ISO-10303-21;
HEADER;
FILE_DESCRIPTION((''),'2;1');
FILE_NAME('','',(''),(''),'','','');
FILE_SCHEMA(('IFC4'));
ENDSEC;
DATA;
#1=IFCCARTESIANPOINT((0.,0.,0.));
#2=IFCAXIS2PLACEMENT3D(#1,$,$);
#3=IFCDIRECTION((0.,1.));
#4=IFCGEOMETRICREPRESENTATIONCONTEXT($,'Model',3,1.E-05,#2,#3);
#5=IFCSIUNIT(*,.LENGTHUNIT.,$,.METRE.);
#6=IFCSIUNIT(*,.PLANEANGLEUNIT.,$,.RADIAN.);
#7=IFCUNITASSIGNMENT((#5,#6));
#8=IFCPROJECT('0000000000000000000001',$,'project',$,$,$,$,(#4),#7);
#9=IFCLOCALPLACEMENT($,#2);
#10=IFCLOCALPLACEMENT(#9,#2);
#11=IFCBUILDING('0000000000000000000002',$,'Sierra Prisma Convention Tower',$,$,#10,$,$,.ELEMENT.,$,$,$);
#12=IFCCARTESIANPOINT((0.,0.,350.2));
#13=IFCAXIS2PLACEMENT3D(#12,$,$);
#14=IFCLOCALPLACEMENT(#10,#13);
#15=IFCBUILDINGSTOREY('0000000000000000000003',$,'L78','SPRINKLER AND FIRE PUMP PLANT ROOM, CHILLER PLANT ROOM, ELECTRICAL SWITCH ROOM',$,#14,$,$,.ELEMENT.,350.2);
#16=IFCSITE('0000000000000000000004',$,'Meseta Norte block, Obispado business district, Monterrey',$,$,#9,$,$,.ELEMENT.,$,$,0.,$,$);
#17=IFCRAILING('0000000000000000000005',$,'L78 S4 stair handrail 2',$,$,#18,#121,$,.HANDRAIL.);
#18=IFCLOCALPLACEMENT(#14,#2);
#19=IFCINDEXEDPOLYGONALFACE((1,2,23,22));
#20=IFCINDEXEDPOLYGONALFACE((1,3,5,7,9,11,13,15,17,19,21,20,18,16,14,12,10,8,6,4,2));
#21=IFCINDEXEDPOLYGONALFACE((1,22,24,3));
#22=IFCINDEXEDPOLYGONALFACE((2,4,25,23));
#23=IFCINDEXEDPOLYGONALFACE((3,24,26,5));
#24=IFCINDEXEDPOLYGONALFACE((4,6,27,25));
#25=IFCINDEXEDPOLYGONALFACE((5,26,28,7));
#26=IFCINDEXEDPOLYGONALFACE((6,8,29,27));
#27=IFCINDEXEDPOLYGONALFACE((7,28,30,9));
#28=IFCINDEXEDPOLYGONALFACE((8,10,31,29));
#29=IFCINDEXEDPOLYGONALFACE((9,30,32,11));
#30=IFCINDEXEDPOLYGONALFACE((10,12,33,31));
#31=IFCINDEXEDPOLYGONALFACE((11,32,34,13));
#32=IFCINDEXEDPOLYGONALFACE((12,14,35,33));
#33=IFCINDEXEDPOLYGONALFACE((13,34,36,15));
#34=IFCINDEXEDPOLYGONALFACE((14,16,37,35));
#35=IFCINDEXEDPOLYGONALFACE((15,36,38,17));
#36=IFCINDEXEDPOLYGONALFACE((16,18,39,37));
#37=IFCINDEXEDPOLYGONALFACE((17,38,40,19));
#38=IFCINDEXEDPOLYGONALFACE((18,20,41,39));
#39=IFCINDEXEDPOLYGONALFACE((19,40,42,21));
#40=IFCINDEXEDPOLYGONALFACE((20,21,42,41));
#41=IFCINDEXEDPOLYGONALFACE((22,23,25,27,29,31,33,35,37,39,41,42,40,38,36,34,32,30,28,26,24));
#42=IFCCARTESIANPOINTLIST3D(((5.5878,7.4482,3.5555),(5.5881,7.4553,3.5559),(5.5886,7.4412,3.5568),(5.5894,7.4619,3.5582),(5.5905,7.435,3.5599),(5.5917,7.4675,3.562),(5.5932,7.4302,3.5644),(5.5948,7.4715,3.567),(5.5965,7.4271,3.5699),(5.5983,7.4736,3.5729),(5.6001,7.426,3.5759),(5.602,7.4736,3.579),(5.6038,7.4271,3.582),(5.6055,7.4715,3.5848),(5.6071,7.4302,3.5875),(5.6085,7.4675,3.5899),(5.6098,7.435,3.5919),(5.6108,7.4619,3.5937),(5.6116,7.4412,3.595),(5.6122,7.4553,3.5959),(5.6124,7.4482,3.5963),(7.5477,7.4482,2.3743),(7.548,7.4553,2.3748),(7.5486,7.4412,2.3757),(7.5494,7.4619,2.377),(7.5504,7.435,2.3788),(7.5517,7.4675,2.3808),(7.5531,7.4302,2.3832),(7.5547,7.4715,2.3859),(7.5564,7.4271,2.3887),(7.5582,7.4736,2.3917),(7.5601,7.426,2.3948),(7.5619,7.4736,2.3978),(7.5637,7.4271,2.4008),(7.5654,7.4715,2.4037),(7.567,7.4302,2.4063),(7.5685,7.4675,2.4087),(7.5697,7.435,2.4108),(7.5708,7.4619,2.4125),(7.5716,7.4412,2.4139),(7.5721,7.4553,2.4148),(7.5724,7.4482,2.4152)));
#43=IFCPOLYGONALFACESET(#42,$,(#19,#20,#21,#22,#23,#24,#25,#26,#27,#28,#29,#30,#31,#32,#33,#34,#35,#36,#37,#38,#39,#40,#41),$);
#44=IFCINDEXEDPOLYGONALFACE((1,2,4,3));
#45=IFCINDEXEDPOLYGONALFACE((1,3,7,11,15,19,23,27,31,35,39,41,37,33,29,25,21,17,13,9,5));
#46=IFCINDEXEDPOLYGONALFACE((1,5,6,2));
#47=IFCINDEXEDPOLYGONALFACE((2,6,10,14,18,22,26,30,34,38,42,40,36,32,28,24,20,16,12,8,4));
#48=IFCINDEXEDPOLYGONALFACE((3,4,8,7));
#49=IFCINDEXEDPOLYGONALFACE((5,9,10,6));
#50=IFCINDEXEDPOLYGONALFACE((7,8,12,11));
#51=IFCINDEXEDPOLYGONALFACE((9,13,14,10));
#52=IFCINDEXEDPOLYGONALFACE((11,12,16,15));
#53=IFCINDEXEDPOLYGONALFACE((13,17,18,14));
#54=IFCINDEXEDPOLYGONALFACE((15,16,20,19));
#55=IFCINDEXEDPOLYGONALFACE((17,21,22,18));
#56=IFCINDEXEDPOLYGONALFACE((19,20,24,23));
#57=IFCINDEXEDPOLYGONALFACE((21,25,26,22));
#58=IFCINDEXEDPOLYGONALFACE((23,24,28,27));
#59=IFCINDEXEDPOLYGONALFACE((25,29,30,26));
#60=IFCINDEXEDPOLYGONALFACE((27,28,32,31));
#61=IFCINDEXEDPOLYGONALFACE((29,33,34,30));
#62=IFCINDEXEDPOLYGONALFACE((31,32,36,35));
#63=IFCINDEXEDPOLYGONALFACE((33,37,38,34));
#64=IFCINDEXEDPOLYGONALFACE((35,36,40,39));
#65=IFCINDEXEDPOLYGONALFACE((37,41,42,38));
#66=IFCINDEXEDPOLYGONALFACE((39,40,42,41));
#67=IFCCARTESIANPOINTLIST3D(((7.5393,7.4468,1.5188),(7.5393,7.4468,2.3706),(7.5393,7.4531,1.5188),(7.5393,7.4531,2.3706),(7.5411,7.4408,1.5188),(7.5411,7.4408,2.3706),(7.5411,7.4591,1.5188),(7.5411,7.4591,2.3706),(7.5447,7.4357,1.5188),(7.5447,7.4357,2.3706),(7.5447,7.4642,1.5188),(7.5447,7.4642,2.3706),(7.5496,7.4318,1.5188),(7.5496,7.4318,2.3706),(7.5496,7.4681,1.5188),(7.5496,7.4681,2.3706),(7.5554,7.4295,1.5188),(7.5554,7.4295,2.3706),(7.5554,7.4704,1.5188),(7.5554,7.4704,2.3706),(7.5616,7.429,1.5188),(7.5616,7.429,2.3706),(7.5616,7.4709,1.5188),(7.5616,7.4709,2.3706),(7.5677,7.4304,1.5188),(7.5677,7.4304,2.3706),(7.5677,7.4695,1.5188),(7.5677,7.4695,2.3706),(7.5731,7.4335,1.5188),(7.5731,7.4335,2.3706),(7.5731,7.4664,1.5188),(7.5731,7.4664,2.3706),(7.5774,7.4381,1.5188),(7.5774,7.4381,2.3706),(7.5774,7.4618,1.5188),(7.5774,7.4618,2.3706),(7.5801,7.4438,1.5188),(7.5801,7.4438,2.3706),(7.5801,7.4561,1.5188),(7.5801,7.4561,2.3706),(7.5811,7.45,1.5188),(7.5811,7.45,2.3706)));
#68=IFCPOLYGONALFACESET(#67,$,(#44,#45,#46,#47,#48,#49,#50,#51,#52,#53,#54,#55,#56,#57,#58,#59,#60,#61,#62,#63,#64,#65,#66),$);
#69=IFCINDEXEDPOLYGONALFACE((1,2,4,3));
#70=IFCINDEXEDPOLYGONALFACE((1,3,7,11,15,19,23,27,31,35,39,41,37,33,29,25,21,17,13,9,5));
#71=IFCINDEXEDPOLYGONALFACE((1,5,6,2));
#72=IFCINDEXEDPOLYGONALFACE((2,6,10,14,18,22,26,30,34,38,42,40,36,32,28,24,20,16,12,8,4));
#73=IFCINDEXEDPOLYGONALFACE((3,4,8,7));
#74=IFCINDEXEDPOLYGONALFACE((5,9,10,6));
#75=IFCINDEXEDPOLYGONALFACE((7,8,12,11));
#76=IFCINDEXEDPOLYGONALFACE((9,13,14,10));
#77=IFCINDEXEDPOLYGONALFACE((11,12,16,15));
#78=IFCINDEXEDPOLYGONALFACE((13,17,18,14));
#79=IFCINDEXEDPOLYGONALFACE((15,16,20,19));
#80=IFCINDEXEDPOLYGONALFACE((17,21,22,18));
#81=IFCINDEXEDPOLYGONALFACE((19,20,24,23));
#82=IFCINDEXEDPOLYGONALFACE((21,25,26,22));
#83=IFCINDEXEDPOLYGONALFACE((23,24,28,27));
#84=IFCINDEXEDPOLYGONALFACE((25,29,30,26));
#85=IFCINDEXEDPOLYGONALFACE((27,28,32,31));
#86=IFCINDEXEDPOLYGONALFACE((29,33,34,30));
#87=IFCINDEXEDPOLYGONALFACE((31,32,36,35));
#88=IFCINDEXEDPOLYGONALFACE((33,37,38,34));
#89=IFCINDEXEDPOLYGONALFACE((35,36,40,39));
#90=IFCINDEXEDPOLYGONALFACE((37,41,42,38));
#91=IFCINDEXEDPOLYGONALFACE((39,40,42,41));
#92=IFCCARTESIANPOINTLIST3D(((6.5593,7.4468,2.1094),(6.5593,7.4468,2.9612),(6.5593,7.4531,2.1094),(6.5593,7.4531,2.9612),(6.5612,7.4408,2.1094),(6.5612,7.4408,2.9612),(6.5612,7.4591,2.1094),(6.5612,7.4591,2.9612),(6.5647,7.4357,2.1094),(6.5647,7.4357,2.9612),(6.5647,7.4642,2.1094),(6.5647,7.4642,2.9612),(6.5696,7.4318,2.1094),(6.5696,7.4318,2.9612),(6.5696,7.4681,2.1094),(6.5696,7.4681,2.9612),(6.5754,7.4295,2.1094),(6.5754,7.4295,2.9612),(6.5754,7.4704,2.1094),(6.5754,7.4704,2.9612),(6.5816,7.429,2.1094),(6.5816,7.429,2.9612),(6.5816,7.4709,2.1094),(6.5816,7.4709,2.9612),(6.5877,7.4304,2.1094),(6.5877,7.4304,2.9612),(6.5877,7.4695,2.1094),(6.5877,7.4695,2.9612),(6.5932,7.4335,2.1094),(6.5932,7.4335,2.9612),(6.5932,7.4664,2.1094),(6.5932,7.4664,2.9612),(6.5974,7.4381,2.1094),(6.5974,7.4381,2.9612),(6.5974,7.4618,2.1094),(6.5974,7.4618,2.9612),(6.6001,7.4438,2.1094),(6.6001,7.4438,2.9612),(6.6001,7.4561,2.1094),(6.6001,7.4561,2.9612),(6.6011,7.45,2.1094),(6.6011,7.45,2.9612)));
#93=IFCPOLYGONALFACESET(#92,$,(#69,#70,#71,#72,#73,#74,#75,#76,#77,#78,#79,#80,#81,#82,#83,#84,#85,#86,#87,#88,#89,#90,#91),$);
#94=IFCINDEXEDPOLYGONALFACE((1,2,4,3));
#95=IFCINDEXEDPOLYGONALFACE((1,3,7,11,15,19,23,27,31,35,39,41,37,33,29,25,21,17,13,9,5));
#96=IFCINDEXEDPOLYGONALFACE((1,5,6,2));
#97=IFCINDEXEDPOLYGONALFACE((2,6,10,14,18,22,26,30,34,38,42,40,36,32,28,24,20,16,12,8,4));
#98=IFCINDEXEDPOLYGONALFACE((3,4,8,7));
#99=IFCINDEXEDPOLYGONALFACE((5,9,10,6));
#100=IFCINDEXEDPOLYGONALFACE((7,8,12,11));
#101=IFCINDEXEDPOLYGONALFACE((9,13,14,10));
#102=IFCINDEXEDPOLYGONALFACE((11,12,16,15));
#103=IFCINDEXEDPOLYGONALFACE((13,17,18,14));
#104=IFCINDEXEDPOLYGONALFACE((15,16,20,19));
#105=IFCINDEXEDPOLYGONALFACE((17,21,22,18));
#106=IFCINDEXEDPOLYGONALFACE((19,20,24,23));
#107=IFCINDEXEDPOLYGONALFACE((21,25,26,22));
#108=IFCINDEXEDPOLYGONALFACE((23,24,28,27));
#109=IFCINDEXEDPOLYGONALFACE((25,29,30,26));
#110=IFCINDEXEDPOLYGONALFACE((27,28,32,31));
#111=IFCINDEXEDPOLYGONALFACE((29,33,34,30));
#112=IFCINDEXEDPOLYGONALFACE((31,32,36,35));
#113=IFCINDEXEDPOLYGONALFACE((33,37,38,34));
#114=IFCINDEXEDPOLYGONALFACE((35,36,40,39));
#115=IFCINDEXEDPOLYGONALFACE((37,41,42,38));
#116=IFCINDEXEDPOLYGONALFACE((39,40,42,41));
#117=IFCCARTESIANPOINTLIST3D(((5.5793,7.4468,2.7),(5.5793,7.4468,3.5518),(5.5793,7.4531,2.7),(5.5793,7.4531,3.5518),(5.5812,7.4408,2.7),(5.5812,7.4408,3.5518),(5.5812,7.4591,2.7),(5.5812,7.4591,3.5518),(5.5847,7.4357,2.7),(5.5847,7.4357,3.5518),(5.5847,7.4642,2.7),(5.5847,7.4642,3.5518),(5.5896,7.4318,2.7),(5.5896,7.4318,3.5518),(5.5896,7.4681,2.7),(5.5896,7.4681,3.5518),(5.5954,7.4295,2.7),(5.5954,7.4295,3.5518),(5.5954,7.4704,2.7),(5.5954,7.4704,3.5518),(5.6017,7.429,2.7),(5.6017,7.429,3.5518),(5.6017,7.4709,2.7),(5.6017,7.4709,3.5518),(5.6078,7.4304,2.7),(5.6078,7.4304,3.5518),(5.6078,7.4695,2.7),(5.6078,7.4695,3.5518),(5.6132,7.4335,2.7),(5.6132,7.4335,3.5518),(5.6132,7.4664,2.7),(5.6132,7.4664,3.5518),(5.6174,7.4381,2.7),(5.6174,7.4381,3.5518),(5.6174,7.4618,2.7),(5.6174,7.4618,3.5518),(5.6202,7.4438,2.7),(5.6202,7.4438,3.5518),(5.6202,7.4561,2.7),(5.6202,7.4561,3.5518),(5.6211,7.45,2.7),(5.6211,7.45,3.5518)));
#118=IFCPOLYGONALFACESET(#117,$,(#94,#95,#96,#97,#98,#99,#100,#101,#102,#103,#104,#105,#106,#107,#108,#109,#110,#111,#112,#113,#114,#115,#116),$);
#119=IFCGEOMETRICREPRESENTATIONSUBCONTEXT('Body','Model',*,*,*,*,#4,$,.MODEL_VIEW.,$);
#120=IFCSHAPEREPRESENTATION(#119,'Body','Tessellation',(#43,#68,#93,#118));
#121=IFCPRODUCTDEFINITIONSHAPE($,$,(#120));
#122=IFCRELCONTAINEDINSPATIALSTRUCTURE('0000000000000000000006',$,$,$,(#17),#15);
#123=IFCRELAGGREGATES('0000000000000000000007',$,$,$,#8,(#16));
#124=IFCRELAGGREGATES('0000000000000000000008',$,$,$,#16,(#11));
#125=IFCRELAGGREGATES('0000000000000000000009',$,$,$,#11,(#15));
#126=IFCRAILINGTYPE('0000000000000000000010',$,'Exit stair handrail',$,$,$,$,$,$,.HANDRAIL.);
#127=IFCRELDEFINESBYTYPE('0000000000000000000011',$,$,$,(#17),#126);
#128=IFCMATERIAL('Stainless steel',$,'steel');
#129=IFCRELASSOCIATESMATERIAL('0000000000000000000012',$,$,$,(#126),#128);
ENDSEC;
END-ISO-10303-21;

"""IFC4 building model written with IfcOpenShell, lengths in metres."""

from ifc_helpers import new_model, si_unit, direction, frame, origin, origin_2d, place, context, subcontext, project, spatial, circle, extrude, material, type_object, element, save


model = new_model("IFC4")

# Units and contexts
model_context = context("Model", 3, precision=1e-05, world=origin(), true_north=direction((0.0, 1.0)))
body_context = subcontext(model_context, "Body", "Model", "MODEL_VIEW")
ifc_project = project(units=[si_unit("LENGTHUNIT", "METRE"), si_unit("PLANEANGLEUNIT", "RADIAN")], contexts=[model_context])

# Site, building, storey
site_placement = place(None, origin())
site = spatial("IfcSite", under=ifc_project, at=site_placement, Name="Meseta Norte block, Obispado business district, Monterrey", CompositionType="ELEMENT", RefElevation=0.0)
building_placement = place(site_placement, origin())
building = spatial("IfcBuilding", under=site, at=building_placement, Name="Sierra Prisma Convention Tower", CompositionType="ELEMENT")
storey_placement = place(building_placement, frame((0.0, 0.0, 350.2)))
storey = spatial("IfcBuildingStorey", under=building, at=storey_placement, Name="L78", Description="SPRINKLER AND FIRE PUMP PLANT ROOM, CHILLER PLANT ROOM, ELECTRICAL SWITCH ROOM", CompositionType="ELEMENT", Elevation=350.2)

# Railing
ifc_material_1 = material(Name="Stainless steel", Category="steel")
railing_type_1 = type_object("IfcRailingType", Name="Exit stair handrail", PredefinedType="HANDRAIL", material=ifc_material_1)
railing_1_placement = place(storey_placement, frame((7.5601, 7.45, 1.5188)))
element("IfcRailing", 1, at=railing_1_placement, inside=storey, type_object=railing_type_1, Name="L78 S4 stair handrail 2", PredefinedType="HANDRAIL", context=body_context, shape_type="SweptSolid", body=[
    extrude(circle(Radius=0.0239, at=origin_2d()), frame((0.0, 0.0, 0.876), z_axis=(-0.856493, 0.0, 0.516158), x_axis=(0.0, -1.0, 0.0)), (0.0, 0.0, 1.0), 2.2883),
    extrude(circle(Radius=0.021, at=origin_2d()), origin(), (0.0, 0.0, 1.0), 0.8518),
    extrude(circle(Radius=0.021, at=origin_2d()), frame((-0.98, 0.0, 0.5906)), (0.0, 0.0, 1.0), 0.8518),
    extrude(circle(Radius=0.021, at=origin_2d()), frame((-1.96, 0.0, 1.1812)), (0.0, 0.0, 1.0), 0.8518),
])

save(model, "model.ifc")
